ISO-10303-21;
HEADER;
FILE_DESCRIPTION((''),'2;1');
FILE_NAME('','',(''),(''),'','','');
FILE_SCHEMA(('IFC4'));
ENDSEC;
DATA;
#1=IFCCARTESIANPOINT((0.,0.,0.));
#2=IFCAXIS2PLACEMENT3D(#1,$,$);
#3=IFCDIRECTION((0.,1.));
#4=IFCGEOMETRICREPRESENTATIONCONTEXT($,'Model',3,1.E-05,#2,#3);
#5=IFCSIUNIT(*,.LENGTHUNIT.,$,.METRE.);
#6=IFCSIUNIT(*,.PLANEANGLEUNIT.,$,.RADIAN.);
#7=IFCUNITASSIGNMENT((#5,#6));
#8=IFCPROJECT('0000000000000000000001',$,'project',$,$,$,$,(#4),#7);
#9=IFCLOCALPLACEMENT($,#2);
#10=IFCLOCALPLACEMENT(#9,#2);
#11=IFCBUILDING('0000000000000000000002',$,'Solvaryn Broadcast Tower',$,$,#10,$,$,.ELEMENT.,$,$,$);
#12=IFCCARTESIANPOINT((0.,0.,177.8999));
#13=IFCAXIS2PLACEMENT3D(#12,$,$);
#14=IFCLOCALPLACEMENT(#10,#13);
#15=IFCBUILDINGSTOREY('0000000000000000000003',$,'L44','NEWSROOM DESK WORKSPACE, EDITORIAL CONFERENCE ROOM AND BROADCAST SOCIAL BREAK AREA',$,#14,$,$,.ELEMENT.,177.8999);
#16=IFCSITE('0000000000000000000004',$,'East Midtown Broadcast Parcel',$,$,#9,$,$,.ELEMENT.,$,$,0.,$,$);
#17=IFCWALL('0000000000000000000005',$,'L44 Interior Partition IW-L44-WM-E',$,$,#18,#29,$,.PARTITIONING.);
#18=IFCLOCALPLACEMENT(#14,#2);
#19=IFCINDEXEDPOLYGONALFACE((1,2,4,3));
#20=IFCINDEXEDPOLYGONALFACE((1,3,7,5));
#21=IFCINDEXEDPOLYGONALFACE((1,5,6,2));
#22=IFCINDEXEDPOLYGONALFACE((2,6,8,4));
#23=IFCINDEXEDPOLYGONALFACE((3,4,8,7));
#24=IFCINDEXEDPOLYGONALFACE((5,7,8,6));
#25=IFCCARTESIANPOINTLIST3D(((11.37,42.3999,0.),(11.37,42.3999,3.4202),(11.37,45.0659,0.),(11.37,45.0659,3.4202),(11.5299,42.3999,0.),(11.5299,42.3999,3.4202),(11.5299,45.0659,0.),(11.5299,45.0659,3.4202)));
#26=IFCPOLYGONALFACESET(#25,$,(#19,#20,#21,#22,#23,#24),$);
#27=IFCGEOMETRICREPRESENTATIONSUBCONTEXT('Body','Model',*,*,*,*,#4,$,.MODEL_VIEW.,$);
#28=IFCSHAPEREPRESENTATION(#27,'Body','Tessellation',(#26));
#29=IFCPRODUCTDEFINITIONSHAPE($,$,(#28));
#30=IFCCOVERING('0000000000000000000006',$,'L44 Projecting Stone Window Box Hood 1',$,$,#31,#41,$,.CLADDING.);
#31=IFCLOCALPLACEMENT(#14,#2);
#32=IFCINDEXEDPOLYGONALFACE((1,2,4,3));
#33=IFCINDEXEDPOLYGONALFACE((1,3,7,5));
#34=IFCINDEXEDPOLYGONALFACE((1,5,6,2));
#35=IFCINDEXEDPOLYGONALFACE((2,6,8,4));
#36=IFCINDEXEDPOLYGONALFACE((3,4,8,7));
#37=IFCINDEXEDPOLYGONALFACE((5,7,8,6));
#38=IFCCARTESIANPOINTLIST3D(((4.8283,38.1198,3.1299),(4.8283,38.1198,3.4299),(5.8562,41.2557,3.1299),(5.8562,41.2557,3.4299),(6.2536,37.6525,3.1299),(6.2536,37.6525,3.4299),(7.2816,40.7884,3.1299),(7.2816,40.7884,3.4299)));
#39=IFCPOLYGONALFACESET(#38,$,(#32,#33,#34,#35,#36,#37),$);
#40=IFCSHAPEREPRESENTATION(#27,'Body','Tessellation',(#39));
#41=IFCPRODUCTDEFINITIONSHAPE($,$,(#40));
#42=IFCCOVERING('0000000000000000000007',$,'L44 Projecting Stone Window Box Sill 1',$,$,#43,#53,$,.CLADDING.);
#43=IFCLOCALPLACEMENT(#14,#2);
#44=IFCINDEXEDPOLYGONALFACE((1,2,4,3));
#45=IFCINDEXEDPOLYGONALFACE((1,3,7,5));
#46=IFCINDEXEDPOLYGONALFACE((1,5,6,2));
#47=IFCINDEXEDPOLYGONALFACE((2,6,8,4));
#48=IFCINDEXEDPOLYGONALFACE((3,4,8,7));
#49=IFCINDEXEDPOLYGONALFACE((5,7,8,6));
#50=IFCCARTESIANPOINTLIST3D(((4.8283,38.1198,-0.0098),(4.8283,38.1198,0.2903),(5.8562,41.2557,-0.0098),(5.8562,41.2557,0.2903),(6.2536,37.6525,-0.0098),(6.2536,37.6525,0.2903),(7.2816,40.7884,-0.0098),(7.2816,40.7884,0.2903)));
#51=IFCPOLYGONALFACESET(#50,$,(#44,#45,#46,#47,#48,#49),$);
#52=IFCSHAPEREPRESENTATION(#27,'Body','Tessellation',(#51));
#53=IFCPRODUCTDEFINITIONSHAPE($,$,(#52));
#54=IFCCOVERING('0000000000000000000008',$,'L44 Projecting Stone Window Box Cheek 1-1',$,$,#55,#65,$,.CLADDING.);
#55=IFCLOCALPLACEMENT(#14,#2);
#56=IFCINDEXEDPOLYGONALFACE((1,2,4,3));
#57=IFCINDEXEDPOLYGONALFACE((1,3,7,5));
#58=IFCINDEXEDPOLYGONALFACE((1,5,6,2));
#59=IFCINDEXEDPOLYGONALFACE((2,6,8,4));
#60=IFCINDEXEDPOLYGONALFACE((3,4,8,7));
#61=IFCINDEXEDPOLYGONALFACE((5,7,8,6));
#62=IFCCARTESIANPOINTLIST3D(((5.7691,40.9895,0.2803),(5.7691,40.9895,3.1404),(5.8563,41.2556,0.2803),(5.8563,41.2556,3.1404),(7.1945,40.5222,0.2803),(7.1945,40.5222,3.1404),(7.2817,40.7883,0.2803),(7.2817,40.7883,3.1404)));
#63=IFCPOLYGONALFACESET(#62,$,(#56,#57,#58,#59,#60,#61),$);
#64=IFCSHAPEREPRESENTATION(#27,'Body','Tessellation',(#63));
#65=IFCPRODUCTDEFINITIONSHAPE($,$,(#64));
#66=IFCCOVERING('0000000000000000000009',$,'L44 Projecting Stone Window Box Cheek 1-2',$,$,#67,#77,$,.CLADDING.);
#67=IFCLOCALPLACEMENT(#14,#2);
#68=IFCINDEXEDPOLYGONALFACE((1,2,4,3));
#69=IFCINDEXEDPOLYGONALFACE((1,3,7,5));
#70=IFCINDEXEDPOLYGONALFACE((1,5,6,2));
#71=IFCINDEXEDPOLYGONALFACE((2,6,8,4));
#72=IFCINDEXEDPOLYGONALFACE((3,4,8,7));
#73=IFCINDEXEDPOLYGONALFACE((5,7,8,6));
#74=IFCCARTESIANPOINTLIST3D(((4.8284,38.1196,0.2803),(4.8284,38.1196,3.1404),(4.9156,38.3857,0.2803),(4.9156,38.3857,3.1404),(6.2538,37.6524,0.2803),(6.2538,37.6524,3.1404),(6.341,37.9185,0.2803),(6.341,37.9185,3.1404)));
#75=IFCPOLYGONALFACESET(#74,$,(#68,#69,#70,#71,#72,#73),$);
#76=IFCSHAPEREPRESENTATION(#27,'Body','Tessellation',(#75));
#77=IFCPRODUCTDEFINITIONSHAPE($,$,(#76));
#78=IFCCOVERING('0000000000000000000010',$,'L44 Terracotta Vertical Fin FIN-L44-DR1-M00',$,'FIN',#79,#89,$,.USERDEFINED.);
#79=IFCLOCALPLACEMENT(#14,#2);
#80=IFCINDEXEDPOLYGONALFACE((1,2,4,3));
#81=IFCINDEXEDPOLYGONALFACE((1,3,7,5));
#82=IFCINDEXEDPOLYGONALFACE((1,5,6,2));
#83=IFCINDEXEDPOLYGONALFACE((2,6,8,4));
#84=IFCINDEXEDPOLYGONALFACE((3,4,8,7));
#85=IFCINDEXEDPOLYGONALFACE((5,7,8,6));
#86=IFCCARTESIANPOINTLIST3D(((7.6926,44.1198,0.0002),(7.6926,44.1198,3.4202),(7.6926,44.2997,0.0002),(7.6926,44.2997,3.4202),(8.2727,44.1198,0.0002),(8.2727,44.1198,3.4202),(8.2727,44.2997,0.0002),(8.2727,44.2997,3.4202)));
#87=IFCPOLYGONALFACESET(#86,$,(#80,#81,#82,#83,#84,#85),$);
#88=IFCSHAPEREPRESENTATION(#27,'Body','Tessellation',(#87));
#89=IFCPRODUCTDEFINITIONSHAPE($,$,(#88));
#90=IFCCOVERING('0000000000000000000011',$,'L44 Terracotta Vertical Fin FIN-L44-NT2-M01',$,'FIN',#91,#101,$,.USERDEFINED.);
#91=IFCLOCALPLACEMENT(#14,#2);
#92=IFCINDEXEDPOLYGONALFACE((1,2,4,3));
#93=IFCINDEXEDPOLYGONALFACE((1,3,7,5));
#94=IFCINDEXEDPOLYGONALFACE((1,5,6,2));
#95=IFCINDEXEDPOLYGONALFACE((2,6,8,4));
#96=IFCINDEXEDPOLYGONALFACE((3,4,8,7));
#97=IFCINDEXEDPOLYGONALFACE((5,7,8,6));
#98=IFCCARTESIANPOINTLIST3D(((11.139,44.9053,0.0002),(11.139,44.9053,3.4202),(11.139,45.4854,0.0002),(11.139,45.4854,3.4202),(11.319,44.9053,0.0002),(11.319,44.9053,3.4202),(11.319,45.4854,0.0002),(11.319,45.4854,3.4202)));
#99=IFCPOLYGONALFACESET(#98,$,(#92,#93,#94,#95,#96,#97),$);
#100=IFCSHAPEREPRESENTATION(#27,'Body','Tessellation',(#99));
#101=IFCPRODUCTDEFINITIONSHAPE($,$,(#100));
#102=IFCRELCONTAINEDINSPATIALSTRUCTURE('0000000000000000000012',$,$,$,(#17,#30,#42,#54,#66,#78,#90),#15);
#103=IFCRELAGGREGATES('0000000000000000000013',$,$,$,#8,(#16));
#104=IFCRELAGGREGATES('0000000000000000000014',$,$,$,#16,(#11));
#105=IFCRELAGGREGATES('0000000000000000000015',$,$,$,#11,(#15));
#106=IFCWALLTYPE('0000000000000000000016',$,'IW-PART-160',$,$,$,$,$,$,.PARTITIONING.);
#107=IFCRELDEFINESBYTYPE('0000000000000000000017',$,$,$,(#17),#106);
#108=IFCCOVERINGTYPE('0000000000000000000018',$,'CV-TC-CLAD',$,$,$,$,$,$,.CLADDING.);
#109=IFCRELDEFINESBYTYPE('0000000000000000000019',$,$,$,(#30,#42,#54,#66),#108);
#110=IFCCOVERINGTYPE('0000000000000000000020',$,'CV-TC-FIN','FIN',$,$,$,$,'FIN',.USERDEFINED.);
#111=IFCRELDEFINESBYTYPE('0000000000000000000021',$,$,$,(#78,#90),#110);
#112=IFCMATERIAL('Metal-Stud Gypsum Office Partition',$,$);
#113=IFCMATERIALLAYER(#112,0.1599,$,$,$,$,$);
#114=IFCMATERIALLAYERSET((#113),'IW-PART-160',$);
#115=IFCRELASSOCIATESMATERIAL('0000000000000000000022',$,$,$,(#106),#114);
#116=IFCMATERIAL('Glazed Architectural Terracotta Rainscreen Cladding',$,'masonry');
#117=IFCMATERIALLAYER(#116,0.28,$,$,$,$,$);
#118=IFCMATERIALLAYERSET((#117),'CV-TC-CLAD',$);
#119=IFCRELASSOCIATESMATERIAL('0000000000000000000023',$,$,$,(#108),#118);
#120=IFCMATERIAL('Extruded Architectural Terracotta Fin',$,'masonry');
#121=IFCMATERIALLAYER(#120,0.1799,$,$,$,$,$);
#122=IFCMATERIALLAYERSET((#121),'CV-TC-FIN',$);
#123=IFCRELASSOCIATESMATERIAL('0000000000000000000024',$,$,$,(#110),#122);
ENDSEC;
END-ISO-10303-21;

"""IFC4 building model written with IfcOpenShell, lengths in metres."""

from ifc_helpers import new_model, si_unit, direction, frame, frame_2d, origin, origin_2d, place, context, subcontext, project, spatial, rectangle, extrude, material, layer, layer_set, type_object, element, save


model = new_model("IFC4")

# Units and contexts
model_context = context("Model", 3, precision=1e-05, world=origin(), true_north=direction((0.0, 1.0)))
body_context = subcontext(model_context, "Body", "Model", "MODEL_VIEW")
ifc_project = project(units=[si_unit("LENGTHUNIT", "METRE"), si_unit("PLANEANGLEUNIT", "RADIAN")], contexts=[model_context])

# Site, building, storey
site_placement = place(None, origin())
site = spatial("IfcSite", under=ifc_project, at=site_placement, Name="East Midtown Broadcast Parcel", CompositionType="ELEMENT", RefElevation=0.0)
building_placement = place(site_placement, origin())
building = spatial("IfcBuilding", under=site, at=building_placement, Name="Solvaryn Broadcast Tower", CompositionType="ELEMENT")
storey_placement = place(building_placement, frame((0.0, 0.0, 177.8999)))
storey = spatial("IfcBuildingStorey", under=building, at=storey_placement, Name="L44", Description="NEWSROOM DESK WORKSPACE, EDITORIAL CONFERENCE ROOM AND BROADCAST SOCIAL BREAK AREA", CompositionType="ELEMENT", Elevation=177.8999)

# Wall
ifc_material_1 = material(Name="Metal-Stud Gypsum Office Partition")
ifc_layer_1 = layer(ifc_material_1, 0.1599)
ifc_layer_set_1 = layer_set([ifc_layer_1], Name="IW-PART-160")
wall_type_1 = type_object("IfcWallType", Name="IW-PART-160", PredefinedType="PARTITIONING", material=ifc_layer_set_1)
wall_1_placement = place(storey_placement, frame((11.45, 42.3999, 0.0), z_axis=(0.0, 0.0, 1.0), x_axis=(0.0, 1.0, 0.0)))
element("IfcWall", 1, at=wall_1_placement, inside=storey, type_object=wall_type_1, Name="L44 Interior Partition IW-L44-WM-E", PredefinedType="PARTITIONING", context=body_context, shape_type="SweptSolid", body=[
    extrude(rectangle(XDim=2.666, YDim=0.1599, at=frame_2d((1.333, 0.0))), origin(), (0.0, 0.0, 1.0), 3.4202),
])

# Coverings
ifc_material_2 = material(Name="Glazed Architectural Terracotta Rainscreen Cladding", Category="masonry")
ifc_layer_2 = layer(ifc_material_2, 0.28)
ifc_layer_set_2 = layer_set([ifc_layer_2], Name="CV-TC-CLAD")
covering_type_1 = type_object("IfcCoveringType", Name="CV-TC-CLAD", PredefinedType="CLADDING", material=ifc_layer_set_2)
for number, where, z_axis, x_axis, name in (
    (2, (6.0549, 39.4541, 3.1299), (0.0, 0.0, 1.0), (-0.311506, -0.950244, 0.0), "L44 Projecting Stone Window Box Hood 1"),
    (3, (6.0549, 39.4541, -0.0098), (0.0, 0.0, 1.0), (-0.311506, -0.950244, 0.0), "L44 Projecting Stone Window Box Sill 1"),
):
    element("IfcCovering", number, at=place(storey_placement, frame(where, z_axis=z_axis, x_axis=x_axis)), inside=storey, type_object=covering_type_1, Name=name, PredefinedType="CLADDING", context=body_context, shape_type="SweptSolid", body=[
        extrude(rectangle(XDim=3.3, YDim=1.5, at=origin_2d()), origin(), (0.0, 0.0, 1.0), 0.3),
    ])
for number, where, z_axis, x_axis, name in (
    (4, (6.5254, 40.8889, 0.2803), (0.0, 0.0, 1.0), (-0.311506, -0.950244, 0.0), "L44 Projecting Stone Window Box Cheek 1-1"),
    (5, (5.5847, 38.019, 0.2803), (0.0, 0.0, 1.0), (-0.311506, -0.950244, 0.0), "L44 Projecting Stone Window Box Cheek 1-2"),
):
    element("IfcCovering", number, at=place(storey_placement, frame(where, z_axis=z_axis, x_axis=x_axis)), inside=storey, type_object=covering_type_1, Name=name, PredefinedType="CLADDING", context=body_context, shape_type="SweptSolid", body=[
        extrude(rectangle(XDim=0.28, YDim=1.5, at=origin_2d()), origin(), (0.0, 0.0, 1.0), 2.8601),
    ])
ifc_material_3 = material(Name="Extruded Architectural Terracotta Fin", Category="masonry")
ifc_layer_3 = layer(ifc_material_3, 0.1799)
ifc_layer_set_3 = layer_set([ifc_layer_3], Name="CV-TC-FIN")
covering_type_2 = type_object("IfcCoveringType", Name="CV-TC-FIN", Description="FIN", ElementType="FIN", PredefinedType="USERDEFINED", material=ifc_layer_set_3)
covering_1_placement = place(storey_placement, frame((7.9827, 44.2097, 0.0002), z_axis=(0.0, 0.0, 1.0), x_axis=(1.0, 0.0, 0.0)))
element("IfcCovering", 6, at=covering_1_placement, inside=storey, type_object=covering_type_2, Name="L44 Terracotta Vertical Fin FIN-L44-DR1-M00", ObjectType="FIN", PredefinedType="USERDEFINED", context=body_context, shape_type="SweptSolid", body=[
    extrude(rectangle(XDim=0.5801, YDim=0.1799, at=origin_2d()), origin(), (0.0, 0.0, 1.0), 3.4199),
])
covering_2_placement = place(storey_placement, frame((11.229, 45.1953, 0.0002), z_axis=(0.0, 0.0, 1.0), x_axis=(1.0, 0.0, 0.0)))
element("IfcCovering", 7, at=covering_2_placement, inside=storey, type_object=covering_type_2, Name="L44 Terracotta Vertical Fin FIN-L44-NT2-M01", ObjectType="FIN", PredefinedType="USERDEFINED", context=body_context, shape_type="SweptSolid", body=[
    extrude(rectangle(XDim=0.1799, YDim=0.5801, at=origin_2d()), origin(), (0.0, 0.0, 1.0), 3.4199),
])

save(model, "model.ifc")
